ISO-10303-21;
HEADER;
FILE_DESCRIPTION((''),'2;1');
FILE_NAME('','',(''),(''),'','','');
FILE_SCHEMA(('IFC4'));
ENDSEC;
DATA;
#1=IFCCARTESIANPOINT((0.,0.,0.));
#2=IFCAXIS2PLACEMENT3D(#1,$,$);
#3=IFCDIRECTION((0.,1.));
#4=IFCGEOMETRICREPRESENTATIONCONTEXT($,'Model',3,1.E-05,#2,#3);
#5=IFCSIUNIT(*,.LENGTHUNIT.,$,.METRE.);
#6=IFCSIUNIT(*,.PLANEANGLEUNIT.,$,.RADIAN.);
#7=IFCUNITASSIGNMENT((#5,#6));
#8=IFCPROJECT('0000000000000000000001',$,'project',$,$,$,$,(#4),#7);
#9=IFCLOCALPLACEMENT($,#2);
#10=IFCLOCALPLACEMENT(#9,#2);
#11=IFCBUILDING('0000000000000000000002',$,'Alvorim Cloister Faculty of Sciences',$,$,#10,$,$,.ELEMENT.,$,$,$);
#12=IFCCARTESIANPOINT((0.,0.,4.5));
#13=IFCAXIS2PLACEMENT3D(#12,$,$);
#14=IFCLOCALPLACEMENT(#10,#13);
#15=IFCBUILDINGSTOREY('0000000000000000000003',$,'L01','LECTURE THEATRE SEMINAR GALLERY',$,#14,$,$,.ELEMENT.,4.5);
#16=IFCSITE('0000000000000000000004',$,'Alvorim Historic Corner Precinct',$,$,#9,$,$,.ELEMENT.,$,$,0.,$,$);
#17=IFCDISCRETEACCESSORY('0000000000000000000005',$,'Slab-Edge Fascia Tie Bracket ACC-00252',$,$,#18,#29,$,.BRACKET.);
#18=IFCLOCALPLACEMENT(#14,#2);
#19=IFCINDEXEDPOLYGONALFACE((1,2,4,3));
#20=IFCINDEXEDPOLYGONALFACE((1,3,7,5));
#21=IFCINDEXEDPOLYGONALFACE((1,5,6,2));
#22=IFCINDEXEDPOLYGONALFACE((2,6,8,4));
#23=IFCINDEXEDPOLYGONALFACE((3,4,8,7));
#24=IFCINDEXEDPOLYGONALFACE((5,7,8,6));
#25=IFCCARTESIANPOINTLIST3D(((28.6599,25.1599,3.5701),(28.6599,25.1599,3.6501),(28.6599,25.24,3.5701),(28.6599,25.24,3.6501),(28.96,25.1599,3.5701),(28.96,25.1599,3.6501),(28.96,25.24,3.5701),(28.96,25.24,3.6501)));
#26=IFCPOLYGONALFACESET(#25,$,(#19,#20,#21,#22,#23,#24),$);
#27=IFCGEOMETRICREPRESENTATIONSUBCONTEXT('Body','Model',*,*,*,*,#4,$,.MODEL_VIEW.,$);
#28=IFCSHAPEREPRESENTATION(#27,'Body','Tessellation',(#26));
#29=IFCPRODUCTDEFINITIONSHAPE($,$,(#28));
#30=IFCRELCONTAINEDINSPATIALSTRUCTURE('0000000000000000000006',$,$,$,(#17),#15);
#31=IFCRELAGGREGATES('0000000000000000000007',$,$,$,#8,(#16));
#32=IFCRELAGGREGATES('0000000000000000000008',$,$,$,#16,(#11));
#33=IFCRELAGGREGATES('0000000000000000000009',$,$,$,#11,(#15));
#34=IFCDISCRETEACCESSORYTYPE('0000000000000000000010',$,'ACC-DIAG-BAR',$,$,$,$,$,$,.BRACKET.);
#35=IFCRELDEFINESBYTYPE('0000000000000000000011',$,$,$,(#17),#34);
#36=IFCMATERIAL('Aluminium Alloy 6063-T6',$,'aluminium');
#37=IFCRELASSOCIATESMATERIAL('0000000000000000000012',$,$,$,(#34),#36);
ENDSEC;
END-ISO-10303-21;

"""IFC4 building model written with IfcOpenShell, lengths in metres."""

from ifc_helpers import new_model, si_unit, direction, frame, origin, origin_2d, place, context, subcontext, project, spatial, rectangle, extrude, material, type_object, element, save


model = new_model("IFC4")

# Units and contexts
model_context = context("Model", 3, precision=1e-05, world=origin(), true_north=direction((0.0, 1.0)))
body_context = subcontext(model_context, "Body", "Model", "MODEL_VIEW")
ifc_project = project(units=[si_unit("LENGTHUNIT", "METRE"), si_unit("PLANEANGLEUNIT", "RADIAN")], contexts=[model_context])

# Site, building, storey
site_placement = place(None, origin())
site = spatial("IfcSite", under=ifc_project, at=site_placement, Name="Alvorim Historic Corner Precinct", CompositionType="ELEMENT", RefElevation=0.0)
building_placement = place(site_placement, origin())
building = spatial("IfcBuilding", under=site, at=building_placement, Name="Alvorim Cloister Faculty of Sciences", CompositionType="ELEMENT")
storey_placement = place(building_placement, frame((0.0, 0.0, 4.5)))
storey = spatial("IfcBuildingStorey", under=building, at=storey_placement, Name="L01", Description="LECTURE THEATRE SEMINAR GALLERY", CompositionType="ELEMENT", Elevation=4.5)

# Shared definitions
ifc_material_1 = material(Name="Aluminium Alloy 6063-T6", Category="aluminium")

# Discrete accessory
discrete_accessory_type = type_object("IfcDiscreteAccessoryType", Name="ACC-DIAG-BAR", PredefinedType="BRACKET", material=ifc_material_1)
discrete_accessory_placement = place(storey_placement, frame((28.6599, 25.2, 3.6101), z_axis=(1.0, 0.0, 0.0), x_axis=(0.0, 1.0, 0.0)))
element("IfcDiscreteAccessory", 1, at=discrete_accessory_placement, inside=storey, type_object=discrete_accessory_type, Name="Slab-Edge Fascia Tie Bracket ACC-00252", PredefinedType="BRACKET", context=body_context, shape_type="SweptSolid", body=[
    extrude(rectangle(XDim=0.0801, YDim=0.0801, at=origin_2d()), origin(), (0.0, 0.0, 1.0), 0.3),
])

save(model, "model.ifc")
